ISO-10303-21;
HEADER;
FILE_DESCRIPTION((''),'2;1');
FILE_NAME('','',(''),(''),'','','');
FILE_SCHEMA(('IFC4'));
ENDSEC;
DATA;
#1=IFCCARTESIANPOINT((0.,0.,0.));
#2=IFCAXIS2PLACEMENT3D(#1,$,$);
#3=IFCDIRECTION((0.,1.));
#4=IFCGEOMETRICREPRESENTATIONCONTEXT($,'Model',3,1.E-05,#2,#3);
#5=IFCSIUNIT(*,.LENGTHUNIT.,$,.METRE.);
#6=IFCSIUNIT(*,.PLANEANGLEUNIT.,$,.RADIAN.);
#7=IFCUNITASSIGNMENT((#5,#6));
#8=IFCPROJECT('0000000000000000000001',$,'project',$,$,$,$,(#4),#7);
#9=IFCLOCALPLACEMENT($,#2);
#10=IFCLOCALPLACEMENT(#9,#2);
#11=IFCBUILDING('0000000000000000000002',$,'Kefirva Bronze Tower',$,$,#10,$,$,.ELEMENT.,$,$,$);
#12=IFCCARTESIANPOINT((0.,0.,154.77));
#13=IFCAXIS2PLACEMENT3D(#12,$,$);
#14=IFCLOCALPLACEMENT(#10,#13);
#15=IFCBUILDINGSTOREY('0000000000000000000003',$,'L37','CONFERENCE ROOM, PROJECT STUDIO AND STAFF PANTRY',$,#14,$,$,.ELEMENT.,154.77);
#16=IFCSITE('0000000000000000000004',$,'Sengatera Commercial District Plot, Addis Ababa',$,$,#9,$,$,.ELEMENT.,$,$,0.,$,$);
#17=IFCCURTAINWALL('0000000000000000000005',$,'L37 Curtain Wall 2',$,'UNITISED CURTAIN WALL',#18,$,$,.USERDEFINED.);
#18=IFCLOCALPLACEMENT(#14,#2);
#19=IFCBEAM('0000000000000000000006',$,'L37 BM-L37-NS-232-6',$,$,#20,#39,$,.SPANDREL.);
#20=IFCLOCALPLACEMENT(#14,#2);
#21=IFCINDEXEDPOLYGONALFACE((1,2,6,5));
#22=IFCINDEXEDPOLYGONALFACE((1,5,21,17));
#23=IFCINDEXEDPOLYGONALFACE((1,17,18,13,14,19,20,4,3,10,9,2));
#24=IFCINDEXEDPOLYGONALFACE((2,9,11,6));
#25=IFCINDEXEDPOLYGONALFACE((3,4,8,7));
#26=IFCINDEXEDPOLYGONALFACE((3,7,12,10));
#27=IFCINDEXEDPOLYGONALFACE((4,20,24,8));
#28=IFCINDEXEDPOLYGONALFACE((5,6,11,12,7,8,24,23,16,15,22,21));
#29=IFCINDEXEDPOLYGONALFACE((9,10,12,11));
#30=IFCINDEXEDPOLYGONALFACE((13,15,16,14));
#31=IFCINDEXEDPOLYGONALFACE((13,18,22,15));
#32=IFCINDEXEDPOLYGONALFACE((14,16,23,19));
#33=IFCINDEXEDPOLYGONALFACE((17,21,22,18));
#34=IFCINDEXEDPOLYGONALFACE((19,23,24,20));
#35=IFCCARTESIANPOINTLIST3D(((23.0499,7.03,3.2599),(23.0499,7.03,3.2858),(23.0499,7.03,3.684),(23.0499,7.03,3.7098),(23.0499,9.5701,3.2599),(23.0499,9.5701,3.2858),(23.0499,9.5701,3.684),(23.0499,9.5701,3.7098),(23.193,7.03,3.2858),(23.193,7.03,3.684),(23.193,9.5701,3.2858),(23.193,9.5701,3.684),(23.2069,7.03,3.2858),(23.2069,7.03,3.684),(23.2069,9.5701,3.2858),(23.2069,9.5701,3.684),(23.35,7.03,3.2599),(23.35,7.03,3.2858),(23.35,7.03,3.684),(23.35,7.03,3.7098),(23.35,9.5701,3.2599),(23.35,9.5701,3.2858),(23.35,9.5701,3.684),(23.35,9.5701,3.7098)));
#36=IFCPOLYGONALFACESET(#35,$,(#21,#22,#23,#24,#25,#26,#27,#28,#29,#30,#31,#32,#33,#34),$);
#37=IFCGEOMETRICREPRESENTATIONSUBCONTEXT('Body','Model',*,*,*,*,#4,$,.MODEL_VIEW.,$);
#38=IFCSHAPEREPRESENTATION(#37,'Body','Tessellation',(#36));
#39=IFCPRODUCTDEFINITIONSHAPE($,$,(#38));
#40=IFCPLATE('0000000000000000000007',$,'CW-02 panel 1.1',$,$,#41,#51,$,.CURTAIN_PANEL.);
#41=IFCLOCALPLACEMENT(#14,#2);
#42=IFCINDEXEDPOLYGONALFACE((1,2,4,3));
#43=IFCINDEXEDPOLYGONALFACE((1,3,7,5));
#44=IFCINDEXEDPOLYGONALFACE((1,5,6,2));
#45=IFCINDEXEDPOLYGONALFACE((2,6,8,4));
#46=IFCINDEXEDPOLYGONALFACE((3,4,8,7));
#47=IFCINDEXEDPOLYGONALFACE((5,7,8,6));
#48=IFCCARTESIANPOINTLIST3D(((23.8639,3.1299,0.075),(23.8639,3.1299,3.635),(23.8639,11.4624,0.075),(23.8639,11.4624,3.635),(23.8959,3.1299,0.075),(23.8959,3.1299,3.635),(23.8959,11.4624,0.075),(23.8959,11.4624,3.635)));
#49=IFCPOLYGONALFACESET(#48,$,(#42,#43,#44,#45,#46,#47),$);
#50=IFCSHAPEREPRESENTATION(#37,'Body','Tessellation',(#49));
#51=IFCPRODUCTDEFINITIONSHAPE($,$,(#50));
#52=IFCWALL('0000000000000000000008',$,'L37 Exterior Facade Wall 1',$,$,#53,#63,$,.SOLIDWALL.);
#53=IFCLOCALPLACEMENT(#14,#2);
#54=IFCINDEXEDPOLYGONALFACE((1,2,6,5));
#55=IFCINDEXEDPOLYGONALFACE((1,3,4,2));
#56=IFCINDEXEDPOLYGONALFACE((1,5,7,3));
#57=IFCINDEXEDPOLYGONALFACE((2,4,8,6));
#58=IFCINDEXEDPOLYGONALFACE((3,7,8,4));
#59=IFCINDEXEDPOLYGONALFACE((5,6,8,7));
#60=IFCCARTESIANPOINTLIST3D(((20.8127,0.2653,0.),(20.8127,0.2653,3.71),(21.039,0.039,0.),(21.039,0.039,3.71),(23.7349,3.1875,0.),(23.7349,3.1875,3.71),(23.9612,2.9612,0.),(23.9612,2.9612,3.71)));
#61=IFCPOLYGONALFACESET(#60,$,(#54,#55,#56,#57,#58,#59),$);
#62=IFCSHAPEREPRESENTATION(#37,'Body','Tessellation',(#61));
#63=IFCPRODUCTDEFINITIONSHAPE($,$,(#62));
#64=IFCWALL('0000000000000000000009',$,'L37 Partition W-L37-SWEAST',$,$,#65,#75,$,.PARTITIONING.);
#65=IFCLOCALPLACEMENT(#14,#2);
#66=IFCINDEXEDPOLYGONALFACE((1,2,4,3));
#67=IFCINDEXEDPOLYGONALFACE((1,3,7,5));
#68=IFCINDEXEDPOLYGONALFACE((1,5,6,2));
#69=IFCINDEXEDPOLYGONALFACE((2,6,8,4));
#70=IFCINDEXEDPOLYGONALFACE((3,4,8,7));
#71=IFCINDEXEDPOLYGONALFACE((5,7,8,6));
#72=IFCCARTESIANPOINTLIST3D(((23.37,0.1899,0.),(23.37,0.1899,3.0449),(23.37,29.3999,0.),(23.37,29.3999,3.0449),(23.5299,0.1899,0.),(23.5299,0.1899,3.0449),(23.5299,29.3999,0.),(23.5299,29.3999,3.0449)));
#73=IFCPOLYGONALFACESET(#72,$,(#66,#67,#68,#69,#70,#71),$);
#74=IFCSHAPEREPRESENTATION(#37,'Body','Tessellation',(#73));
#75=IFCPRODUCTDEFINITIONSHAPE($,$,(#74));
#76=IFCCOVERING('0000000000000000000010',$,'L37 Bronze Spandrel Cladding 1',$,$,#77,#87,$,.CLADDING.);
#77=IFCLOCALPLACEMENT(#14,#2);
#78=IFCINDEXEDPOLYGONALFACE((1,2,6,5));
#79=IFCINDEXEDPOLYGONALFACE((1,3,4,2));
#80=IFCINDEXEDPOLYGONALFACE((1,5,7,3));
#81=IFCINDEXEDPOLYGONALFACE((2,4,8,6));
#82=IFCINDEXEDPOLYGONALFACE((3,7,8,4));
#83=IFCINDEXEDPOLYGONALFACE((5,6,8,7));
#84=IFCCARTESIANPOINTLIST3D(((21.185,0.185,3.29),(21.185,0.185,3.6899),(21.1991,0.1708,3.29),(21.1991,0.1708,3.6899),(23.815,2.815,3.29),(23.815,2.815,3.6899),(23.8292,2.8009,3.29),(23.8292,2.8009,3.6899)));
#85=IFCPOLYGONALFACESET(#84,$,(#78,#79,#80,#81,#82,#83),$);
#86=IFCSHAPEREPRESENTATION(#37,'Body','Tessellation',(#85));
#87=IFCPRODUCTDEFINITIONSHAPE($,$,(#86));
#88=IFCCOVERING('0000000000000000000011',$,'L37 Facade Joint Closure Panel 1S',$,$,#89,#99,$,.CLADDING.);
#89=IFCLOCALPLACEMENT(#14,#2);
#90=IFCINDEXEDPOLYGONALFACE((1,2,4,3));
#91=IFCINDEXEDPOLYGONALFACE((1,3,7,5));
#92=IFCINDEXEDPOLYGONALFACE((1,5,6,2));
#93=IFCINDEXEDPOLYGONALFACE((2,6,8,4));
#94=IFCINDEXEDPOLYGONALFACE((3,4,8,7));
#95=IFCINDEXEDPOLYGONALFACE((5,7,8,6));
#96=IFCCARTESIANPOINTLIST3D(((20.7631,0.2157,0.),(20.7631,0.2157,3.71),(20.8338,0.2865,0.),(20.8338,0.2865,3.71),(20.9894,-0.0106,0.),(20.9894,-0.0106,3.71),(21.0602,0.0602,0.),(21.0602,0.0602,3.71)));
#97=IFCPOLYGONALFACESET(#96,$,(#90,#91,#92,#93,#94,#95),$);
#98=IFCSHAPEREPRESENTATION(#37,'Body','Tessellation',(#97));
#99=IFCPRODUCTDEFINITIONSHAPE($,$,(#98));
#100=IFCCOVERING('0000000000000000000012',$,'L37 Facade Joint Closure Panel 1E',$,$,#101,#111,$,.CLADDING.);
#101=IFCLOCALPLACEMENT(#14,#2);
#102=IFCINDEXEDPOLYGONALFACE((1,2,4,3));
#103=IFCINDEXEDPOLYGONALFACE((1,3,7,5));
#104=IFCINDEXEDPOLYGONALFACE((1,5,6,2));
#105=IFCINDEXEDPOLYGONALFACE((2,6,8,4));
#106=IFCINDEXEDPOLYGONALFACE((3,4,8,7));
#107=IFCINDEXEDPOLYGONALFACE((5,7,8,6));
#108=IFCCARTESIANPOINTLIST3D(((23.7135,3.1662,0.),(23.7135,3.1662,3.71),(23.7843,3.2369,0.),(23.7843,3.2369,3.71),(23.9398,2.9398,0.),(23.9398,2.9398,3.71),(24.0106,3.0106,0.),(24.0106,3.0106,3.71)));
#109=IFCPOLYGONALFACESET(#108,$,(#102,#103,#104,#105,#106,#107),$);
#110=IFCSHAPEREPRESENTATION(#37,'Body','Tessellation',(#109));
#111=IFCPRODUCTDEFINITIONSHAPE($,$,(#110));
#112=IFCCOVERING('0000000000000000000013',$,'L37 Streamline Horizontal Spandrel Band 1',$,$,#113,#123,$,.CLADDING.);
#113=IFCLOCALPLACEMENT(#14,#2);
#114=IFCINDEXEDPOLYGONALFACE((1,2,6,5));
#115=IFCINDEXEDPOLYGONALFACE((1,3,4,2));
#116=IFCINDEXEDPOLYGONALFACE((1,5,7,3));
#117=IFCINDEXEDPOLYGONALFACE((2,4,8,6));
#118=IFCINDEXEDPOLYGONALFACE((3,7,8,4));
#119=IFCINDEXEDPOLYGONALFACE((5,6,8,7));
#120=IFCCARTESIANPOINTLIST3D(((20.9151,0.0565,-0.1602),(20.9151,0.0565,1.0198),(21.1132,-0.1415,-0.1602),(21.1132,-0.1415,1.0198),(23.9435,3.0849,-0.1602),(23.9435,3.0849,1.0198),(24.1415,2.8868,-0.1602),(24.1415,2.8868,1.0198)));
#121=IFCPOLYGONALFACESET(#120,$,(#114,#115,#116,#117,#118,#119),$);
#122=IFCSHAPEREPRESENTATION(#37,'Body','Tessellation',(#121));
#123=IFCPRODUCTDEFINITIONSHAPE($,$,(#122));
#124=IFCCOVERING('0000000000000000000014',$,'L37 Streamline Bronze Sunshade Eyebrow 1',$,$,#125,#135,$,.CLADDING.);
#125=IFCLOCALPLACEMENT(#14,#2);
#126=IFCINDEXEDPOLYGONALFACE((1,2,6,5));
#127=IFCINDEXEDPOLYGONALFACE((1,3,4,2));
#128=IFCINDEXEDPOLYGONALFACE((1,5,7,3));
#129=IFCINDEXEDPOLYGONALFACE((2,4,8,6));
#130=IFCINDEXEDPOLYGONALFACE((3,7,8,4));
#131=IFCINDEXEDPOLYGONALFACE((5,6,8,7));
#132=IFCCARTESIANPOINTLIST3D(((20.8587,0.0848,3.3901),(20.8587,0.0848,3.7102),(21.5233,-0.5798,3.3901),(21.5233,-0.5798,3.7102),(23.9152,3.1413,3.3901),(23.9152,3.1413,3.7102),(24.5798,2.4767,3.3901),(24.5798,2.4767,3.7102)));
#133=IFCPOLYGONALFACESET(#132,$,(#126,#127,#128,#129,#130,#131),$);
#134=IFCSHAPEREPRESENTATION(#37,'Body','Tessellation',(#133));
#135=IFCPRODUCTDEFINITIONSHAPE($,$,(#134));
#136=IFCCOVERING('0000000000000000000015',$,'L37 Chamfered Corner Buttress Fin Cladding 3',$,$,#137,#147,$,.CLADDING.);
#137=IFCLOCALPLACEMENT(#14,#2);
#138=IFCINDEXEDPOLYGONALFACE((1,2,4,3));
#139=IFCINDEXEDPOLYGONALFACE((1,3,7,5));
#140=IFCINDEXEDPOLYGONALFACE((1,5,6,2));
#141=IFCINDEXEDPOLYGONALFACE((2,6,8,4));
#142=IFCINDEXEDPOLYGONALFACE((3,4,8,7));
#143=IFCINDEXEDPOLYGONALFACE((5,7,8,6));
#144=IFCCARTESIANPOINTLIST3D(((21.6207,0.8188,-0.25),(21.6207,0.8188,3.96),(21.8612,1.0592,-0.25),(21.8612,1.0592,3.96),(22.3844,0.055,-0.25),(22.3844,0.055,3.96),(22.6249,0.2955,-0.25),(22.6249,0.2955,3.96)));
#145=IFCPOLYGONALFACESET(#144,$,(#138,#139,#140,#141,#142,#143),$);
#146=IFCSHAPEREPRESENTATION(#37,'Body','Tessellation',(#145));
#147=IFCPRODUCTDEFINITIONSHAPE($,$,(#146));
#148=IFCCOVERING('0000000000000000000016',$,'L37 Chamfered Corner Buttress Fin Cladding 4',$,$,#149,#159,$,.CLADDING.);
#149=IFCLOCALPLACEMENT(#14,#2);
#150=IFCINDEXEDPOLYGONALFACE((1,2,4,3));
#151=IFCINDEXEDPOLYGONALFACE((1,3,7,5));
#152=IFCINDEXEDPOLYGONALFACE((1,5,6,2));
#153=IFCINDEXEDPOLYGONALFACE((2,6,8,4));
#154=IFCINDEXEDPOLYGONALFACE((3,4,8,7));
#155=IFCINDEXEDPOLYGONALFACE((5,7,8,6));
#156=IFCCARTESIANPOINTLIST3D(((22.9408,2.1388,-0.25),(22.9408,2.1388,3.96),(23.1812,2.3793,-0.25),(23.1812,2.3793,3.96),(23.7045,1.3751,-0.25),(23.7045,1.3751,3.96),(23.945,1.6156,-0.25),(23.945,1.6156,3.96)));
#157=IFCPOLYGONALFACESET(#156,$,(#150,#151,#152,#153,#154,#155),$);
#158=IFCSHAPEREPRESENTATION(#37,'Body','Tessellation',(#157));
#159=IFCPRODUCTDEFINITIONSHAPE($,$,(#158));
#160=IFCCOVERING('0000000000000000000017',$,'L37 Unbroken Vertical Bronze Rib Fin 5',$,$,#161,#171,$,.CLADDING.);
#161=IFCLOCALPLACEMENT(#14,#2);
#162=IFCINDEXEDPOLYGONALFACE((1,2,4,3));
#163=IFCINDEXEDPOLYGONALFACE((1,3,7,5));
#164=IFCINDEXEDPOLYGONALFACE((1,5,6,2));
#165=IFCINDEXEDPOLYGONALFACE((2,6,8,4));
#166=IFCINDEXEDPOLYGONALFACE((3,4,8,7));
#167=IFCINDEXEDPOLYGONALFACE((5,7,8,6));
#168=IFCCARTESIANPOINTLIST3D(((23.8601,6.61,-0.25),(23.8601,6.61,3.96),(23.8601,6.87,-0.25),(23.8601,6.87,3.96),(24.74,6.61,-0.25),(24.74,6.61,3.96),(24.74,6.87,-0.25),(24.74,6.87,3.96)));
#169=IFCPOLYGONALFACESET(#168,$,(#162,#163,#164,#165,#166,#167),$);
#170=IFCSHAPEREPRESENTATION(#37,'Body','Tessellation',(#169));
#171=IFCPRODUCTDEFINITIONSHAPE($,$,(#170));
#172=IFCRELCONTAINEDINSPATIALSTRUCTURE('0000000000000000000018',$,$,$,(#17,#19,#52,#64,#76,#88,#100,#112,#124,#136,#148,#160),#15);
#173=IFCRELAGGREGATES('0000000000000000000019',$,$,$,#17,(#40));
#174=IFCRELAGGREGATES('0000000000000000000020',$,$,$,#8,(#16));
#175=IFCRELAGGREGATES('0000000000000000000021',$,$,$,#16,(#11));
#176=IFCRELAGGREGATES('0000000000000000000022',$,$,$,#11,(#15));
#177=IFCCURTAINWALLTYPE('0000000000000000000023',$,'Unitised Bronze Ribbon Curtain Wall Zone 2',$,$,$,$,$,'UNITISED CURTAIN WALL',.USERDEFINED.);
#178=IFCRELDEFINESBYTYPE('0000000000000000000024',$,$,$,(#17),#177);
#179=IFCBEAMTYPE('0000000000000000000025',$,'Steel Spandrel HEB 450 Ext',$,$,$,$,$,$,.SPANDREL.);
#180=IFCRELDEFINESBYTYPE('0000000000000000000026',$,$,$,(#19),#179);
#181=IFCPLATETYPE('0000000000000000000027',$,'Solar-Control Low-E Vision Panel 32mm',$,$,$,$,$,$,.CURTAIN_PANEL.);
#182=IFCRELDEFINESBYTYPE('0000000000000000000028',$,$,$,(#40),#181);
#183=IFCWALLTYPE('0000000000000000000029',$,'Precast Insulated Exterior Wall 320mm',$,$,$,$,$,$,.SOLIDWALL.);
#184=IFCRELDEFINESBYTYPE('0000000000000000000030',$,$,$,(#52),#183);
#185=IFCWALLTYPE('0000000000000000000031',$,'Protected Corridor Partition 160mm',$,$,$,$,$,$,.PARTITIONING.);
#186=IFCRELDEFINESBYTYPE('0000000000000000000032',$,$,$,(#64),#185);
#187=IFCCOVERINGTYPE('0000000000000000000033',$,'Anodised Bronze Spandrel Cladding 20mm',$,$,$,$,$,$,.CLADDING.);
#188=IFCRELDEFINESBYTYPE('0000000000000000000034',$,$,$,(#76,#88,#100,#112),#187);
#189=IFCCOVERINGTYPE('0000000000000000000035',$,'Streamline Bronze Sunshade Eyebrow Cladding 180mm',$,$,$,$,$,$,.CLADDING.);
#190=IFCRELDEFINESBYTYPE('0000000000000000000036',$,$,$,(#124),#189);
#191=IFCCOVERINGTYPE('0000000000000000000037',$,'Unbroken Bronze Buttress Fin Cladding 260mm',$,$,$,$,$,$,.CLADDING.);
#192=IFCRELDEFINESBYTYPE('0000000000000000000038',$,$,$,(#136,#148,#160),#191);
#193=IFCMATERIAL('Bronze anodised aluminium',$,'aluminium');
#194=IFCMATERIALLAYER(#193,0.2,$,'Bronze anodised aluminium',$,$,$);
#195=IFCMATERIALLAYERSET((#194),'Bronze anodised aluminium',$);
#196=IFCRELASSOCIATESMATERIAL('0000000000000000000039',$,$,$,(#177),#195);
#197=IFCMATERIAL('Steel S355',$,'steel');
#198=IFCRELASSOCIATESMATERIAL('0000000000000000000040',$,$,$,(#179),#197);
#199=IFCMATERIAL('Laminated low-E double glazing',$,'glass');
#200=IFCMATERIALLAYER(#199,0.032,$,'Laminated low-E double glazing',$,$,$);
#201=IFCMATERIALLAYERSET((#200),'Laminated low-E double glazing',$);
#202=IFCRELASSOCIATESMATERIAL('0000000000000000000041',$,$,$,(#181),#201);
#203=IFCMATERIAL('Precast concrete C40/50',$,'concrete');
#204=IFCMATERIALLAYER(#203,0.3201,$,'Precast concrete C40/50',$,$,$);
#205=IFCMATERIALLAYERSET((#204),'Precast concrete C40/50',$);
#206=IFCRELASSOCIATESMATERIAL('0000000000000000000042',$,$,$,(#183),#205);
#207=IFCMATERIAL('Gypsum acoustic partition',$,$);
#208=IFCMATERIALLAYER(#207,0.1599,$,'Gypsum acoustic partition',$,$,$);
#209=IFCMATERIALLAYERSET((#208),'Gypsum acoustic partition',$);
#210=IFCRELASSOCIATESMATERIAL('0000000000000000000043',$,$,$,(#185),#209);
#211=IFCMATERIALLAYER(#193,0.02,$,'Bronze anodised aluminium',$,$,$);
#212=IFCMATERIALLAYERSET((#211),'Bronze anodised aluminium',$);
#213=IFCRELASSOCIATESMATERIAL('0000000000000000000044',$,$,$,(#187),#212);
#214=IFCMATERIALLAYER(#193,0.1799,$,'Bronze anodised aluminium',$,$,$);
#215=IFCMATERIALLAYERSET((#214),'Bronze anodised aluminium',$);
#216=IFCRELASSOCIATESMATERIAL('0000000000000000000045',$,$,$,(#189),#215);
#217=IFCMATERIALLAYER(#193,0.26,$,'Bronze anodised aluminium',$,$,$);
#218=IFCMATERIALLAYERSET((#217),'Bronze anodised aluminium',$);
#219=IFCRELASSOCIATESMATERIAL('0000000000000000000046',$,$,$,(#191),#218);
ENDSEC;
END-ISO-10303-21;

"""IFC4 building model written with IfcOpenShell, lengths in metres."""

from ifc_helpers import new_model, si_unit, direction, frame, frame_2d, origin, origin_2d, place, context, subcontext, project, spatial, rectangle, i_section, extrude, material, layer, layer_set, material_profile, profile_set, type_object, element, aggregate, save


model = new_model("IFC4")

# Units and contexts
model_context = context("Model", 3, precision=1e-05, world=origin(), true_north=direction((0.0, 1.0)))
body_context = subcontext(model_context, "Body", "Model", "MODEL_VIEW")
ifc_project = project(units=[si_unit("LENGTHUNIT", "METRE"), si_unit("PLANEANGLEUNIT", "RADIAN")], contexts=[model_context])

# Site, building, storey
site_placement = place(None, origin())
site = spatial("IfcSite", under=ifc_project, at=site_placement, Name="Sengatera Commercial District Plot, Addis Ababa", CompositionType="ELEMENT", RefElevation=0.0)
building_placement = place(site_placement, origin())
building = spatial("IfcBuilding", under=site, at=building_placement, Name="Kefirva Bronze Tower", CompositionType="ELEMENT")
storey_placement = place(building_placement, frame((0.0, 0.0, 154.77)))
storey = spatial("IfcBuildingStorey", under=building, at=storey_placement, Name="L37", Description="CONFERENCE ROOM, PROJECT STUDIO AND STAFF PANTRY", CompositionType="ELEMENT", Elevation=154.77)

# Shared definitions
ifc_material_1 = material(Name="Bronze anodised aluminium", Category="aluminium")
ifc_layer_1 = layer(ifc_material_1, 0.2, Name="Bronze anodised aluminium")
ifc_layer_set_1 = layer_set([ifc_layer_1], Name="Bronze anodised aluminium")
curtain_wall_type = type_object("IfcCurtainWallType", Name="Unitised Bronze Ribbon Curtain Wall Zone 2", ElementType="UNITISED CURTAIN WALL", PredefinedType="USERDEFINED", material=ifc_layer_set_1)

# Curtain wall
curtain_wall_1_placement = place(storey_placement, origin())
curtain_wall_1 = element("IfcCurtainWall", 1, at=curtain_wall_1_placement, inside=storey, type_object=curtain_wall_type, Name="L37 Curtain Wall 2", ObjectType="UNITISED CURTAIN WALL", PredefinedType="USERDEFINED")

# Beam
ifc_material_2 = material(Name="Steel S355", Category="steel")
ifc_material_profile_1 = material_profile(ifc_material_2, i_section(OverallWidth=0.3, OverallDepth=0.45, WebThickness=0.0139, FlangeThickness=0.0259, at=origin_2d()), Name="HEB 450")
ifc_profile_set_1 = profile_set([ifc_material_profile_1], Name="Steel S355")
beam_type_1 = type_object("IfcBeamType", Name="Steel Spandrel HEB 450 Ext", PredefinedType="SPANDREL", material=ifc_profile_set_1)
beam_1_placement = place(storey_placement, frame((23.2, 7.03, 3.4849), z_axis=(0.0, 1.0, 0.0), x_axis=(-1.0, 0.0, 0.0)))
element("IfcBeam", 2, at=beam_1_placement, inside=storey, type_object=beam_type_1, Name="L37 BM-L37-NS-232-6", PredefinedType="SPANDREL", context=body_context, shape_type="SweptSolid", body=[
    extrude(i_section(OverallWidth=0.3, OverallDepth=0.45, WebThickness=0.0139, FlangeThickness=0.0259, at=origin_2d()), origin(), (0.0, 0.0, 1.0), 2.54),
])

# Plate
ifc_material_3 = material(Name="Laminated low-E double glazing", Category="glass")
ifc_layer_2 = layer(ifc_material_3, 0.032, Name="Laminated low-E double glazing")
ifc_layer_set_2 = layer_set([ifc_layer_2], Name="Laminated low-E double glazing")
plate_type = type_object("IfcPlateType", Name="Solar-Control Low-E Vision Panel 32mm", PredefinedType="CURTAIN_PANEL", material=ifc_layer_set_2)
plate_placement = place(storey_placement, frame((23.8799, 7.2961, 0.075), z_axis=(0.0, 0.0, 1.0), x_axis=(0.0, 1.0, 0.0)))
plate = element("IfcPlate", 3, at=plate_placement, type_object=plate_type, Name="CW-02 panel 1.1", PredefinedType="CURTAIN_PANEL", context=body_context, shape_type="SweptSolid", body=[
    extrude(rectangle(XDim=8.3325, YDim=0.032, at=origin_2d()), origin(), (0.0, 0.0, 1.0), 3.5601),
])
aggregate(curtain_wall_1, [plate])

# Walls
ifc_material_4 = material(Name="Precast concrete C40/50", Category="concrete")
ifc_layer_3 = layer(ifc_material_4, 0.3201, Name="Precast concrete C40/50")
ifc_layer_set_3 = layer_set([ifc_layer_3], Name="Precast concrete C40/50")
wall_type_1 = type_object("IfcWallType", Name="Precast Insulated Exterior Wall 320mm", PredefinedType="SOLIDWALL", material=ifc_layer_set_3)
wall_1_placement = place(storey_placement, frame((20.9258, 0.1521, 0.0), z_axis=(0.0, 0.0, 1.0), x_axis=(0.707107, 0.707107, 0.0)))
element("IfcWall", 4, at=wall_1_placement, inside=storey, type_object=wall_type_1, Name="L37 Exterior Facade Wall 1", PredefinedType="SOLIDWALL", context=body_context, shape_type="SweptSolid", body=[
    extrude(rectangle(XDim=4.1326, YDim=0.3201, at=frame_2d((2.0664, 0.0))), origin(), (0.0, 0.0, 1.0), 3.71),
])
ifc_material_5 = material(Name="Gypsum acoustic partition")
ifc_layer_4 = layer(ifc_material_5, 0.1599, Name="Gypsum acoustic partition")
ifc_layer_set_4 = layer_set([ifc_layer_4], Name="Gypsum acoustic partition")
wall_type_2 = type_object("IfcWallType", Name="Protected Corridor Partition 160mm", PredefinedType="PARTITIONING", material=ifc_layer_set_4)
wall_2_placement = place(storey_placement, frame((23.45, 0.1899, 0.0), z_axis=(0.0, 0.0, 1.0), x_axis=(0.0, 1.0, 0.0)))
element("IfcWall", 5, at=wall_2_placement, inside=storey, type_object=wall_type_2, Name="L37 Partition W-L37-SWEAST", PredefinedType="PARTITIONING", context=body_context, shape_type="SweptSolid", body=[
    extrude(rectangle(XDim=29.21, YDim=0.1599, at=frame_2d((14.605, 0.0))), origin(), (0.0, 0.0, 1.0), 3.0449),
])

# Coverings
ifc_layer_5 = layer(ifc_material_1, 0.02, Name="Bronze anodised aluminium")
ifc_layer_set_5 = layer_set([ifc_layer_5], Name="Bronze anodised aluminium")
covering_type_1 = type_object("IfcCoveringType", Name="Anodised Bronze Spandrel Cladding 20mm", PredefinedType="CLADDING", material=ifc_layer_set_5)
covering_1_placement = place(storey_placement, frame((22.5071, 1.4929, 3.29), z_axis=(0.0, 0.0, 1.0), x_axis=(0.707107, 0.707107, 0.0)))
element("IfcCovering", 6, at=covering_1_placement, inside=storey, type_object=covering_type_1, Name="L37 Bronze Spandrel Cladding 1", PredefinedType="CLADDING", context=body_context, shape_type="SweptSolid", body=[
    extrude(rectangle(XDim=3.7195, YDim=0.02, at=origin_2d()), origin(), (0.0, 0.0, 1.0), 0.3999),
])
for number, where, z_axis, x_axis, name in (
    (7, (20.9116, 0.1379, 0.0), (0.0, 0.0, 1.0), (0.707107, 0.707107, 0.0), "L37 Facade Joint Closure Panel 1S"),
    (8, (23.8621, 3.0884, 0.0), (0.0, 0.0, 1.0), (0.707107, 0.707107, 0.0), "L37 Facade Joint Closure Panel 1E"),
):
    element("IfcCovering", number, at=place(storey_placement, frame(where, z_axis=z_axis, x_axis=x_axis)), inside=storey, type_object=covering_type_1, Name=name, PredefinedType="CLADDING", context=body_context, shape_type="SweptSolid", body=[
        extrude(rectangle(XDim=0.1001, YDim=0.3201, at=origin_2d()), origin(), (0.0, 0.0, 1.0), 3.71),
    ])
covering_2_placement = place(storey_placement, frame((22.5283, 1.4717, -0.1602), z_axis=(0.0, 0.0, 1.0), x_axis=(0.707107, 0.707107, 0.0)))
element("IfcCovering", 9, at=covering_2_placement, inside=storey, type_object=covering_type_1, Name="L37 Streamline Horizontal Spandrel Band 1", PredefinedType="CLADDING", context=body_context, shape_type="SweptSolid", body=[
    extrude(rectangle(XDim=4.2827, YDim=0.28, at=origin_2d()), origin(), (0.0, 0.0, 1.0), 1.1799),
])
ifc_layer_6 = layer(ifc_material_1, 0.1799, Name="Bronze anodised aluminium")
ifc_layer_set_6 = layer_set([ifc_layer_6], Name="Bronze anodised aluminium")
covering_type_2 = type_object("IfcCoveringType", Name="Streamline Bronze Sunshade Eyebrow Cladding 180mm", PredefinedType="CLADDING", material=ifc_layer_set_6)
covering_3_placement = place(storey_placement, frame((22.7192, 1.2808, 3.3901), z_axis=(0.0, 0.0, 1.0), x_axis=(0.707107, 0.707107, 0.0)))
element("IfcCovering", 10, at=covering_3_placement, inside=storey, type_object=covering_type_2, Name="L37 Streamline Bronze Sunshade Eyebrow 1", PredefinedType="CLADDING", context=body_context, shape_type="SweptSolid", body=[
    extrude(rectangle(XDim=4.3225, YDim=0.9399, at=origin_2d()), origin(), (0.0, 0.0, 1.0), 0.3201),
])
ifc_layer_7 = layer(ifc_material_1, 0.26, Name="Bronze anodised aluminium")
ifc_layer_set_7 = layer_set([ifc_layer_7], Name="Bronze anodised aluminium")
covering_type_3 = type_object("IfcCoveringType", Name="Unbroken Bronze Buttress Fin Cladding 260mm", PredefinedType="CLADDING", material=ifc_layer_set_7)
for number, where, z_axis, x_axis, name in (
    (11, (22.1228, 0.5571, -0.25), (0.0, 0.0, 1.0), (0.707107, 0.707107, 0.0), "L37 Chamfered Corner Buttress Fin Cladding 3"),
    (12, (23.4429, 1.8772, -0.25), (0.0, 0.0, 1.0), (0.707107, 0.707107, 0.0), "L37 Chamfered Corner Buttress Fin Cladding 4"),
):
    element("IfcCovering", number, at=place(storey_placement, frame(where, z_axis=z_axis, x_axis=x_axis)), inside=storey, type_object=covering_type_3, Name=name, PredefinedType="CLADDING", context=body_context, shape_type="SweptSolid", body=[
        extrude(rectangle(XDim=0.3401, YDim=1.0801, at=origin_2d()), origin(), (0.0, 0.0, 1.0), 4.21),
    ])
covering_4_placement = place(storey_placement, frame((24.3, 6.74, -0.25), z_axis=(0.0, 0.0, 1.0), x_axis=(0.0, 1.0, 0.0)))
element("IfcCovering", 13, at=covering_4_placement, inside=storey, type_object=covering_type_3, Name="L37 Unbroken Vertical Bronze Rib Fin 5", PredefinedType="CLADDING", context=body_context, shape_type="SweptSolid", body=[
    extrude(rectangle(XDim=0.26, YDim=0.8799, at=origin_2d()), origin(), (0.0, 0.0, 1.0), 4.21),
])

save(model, "model.ifc")
